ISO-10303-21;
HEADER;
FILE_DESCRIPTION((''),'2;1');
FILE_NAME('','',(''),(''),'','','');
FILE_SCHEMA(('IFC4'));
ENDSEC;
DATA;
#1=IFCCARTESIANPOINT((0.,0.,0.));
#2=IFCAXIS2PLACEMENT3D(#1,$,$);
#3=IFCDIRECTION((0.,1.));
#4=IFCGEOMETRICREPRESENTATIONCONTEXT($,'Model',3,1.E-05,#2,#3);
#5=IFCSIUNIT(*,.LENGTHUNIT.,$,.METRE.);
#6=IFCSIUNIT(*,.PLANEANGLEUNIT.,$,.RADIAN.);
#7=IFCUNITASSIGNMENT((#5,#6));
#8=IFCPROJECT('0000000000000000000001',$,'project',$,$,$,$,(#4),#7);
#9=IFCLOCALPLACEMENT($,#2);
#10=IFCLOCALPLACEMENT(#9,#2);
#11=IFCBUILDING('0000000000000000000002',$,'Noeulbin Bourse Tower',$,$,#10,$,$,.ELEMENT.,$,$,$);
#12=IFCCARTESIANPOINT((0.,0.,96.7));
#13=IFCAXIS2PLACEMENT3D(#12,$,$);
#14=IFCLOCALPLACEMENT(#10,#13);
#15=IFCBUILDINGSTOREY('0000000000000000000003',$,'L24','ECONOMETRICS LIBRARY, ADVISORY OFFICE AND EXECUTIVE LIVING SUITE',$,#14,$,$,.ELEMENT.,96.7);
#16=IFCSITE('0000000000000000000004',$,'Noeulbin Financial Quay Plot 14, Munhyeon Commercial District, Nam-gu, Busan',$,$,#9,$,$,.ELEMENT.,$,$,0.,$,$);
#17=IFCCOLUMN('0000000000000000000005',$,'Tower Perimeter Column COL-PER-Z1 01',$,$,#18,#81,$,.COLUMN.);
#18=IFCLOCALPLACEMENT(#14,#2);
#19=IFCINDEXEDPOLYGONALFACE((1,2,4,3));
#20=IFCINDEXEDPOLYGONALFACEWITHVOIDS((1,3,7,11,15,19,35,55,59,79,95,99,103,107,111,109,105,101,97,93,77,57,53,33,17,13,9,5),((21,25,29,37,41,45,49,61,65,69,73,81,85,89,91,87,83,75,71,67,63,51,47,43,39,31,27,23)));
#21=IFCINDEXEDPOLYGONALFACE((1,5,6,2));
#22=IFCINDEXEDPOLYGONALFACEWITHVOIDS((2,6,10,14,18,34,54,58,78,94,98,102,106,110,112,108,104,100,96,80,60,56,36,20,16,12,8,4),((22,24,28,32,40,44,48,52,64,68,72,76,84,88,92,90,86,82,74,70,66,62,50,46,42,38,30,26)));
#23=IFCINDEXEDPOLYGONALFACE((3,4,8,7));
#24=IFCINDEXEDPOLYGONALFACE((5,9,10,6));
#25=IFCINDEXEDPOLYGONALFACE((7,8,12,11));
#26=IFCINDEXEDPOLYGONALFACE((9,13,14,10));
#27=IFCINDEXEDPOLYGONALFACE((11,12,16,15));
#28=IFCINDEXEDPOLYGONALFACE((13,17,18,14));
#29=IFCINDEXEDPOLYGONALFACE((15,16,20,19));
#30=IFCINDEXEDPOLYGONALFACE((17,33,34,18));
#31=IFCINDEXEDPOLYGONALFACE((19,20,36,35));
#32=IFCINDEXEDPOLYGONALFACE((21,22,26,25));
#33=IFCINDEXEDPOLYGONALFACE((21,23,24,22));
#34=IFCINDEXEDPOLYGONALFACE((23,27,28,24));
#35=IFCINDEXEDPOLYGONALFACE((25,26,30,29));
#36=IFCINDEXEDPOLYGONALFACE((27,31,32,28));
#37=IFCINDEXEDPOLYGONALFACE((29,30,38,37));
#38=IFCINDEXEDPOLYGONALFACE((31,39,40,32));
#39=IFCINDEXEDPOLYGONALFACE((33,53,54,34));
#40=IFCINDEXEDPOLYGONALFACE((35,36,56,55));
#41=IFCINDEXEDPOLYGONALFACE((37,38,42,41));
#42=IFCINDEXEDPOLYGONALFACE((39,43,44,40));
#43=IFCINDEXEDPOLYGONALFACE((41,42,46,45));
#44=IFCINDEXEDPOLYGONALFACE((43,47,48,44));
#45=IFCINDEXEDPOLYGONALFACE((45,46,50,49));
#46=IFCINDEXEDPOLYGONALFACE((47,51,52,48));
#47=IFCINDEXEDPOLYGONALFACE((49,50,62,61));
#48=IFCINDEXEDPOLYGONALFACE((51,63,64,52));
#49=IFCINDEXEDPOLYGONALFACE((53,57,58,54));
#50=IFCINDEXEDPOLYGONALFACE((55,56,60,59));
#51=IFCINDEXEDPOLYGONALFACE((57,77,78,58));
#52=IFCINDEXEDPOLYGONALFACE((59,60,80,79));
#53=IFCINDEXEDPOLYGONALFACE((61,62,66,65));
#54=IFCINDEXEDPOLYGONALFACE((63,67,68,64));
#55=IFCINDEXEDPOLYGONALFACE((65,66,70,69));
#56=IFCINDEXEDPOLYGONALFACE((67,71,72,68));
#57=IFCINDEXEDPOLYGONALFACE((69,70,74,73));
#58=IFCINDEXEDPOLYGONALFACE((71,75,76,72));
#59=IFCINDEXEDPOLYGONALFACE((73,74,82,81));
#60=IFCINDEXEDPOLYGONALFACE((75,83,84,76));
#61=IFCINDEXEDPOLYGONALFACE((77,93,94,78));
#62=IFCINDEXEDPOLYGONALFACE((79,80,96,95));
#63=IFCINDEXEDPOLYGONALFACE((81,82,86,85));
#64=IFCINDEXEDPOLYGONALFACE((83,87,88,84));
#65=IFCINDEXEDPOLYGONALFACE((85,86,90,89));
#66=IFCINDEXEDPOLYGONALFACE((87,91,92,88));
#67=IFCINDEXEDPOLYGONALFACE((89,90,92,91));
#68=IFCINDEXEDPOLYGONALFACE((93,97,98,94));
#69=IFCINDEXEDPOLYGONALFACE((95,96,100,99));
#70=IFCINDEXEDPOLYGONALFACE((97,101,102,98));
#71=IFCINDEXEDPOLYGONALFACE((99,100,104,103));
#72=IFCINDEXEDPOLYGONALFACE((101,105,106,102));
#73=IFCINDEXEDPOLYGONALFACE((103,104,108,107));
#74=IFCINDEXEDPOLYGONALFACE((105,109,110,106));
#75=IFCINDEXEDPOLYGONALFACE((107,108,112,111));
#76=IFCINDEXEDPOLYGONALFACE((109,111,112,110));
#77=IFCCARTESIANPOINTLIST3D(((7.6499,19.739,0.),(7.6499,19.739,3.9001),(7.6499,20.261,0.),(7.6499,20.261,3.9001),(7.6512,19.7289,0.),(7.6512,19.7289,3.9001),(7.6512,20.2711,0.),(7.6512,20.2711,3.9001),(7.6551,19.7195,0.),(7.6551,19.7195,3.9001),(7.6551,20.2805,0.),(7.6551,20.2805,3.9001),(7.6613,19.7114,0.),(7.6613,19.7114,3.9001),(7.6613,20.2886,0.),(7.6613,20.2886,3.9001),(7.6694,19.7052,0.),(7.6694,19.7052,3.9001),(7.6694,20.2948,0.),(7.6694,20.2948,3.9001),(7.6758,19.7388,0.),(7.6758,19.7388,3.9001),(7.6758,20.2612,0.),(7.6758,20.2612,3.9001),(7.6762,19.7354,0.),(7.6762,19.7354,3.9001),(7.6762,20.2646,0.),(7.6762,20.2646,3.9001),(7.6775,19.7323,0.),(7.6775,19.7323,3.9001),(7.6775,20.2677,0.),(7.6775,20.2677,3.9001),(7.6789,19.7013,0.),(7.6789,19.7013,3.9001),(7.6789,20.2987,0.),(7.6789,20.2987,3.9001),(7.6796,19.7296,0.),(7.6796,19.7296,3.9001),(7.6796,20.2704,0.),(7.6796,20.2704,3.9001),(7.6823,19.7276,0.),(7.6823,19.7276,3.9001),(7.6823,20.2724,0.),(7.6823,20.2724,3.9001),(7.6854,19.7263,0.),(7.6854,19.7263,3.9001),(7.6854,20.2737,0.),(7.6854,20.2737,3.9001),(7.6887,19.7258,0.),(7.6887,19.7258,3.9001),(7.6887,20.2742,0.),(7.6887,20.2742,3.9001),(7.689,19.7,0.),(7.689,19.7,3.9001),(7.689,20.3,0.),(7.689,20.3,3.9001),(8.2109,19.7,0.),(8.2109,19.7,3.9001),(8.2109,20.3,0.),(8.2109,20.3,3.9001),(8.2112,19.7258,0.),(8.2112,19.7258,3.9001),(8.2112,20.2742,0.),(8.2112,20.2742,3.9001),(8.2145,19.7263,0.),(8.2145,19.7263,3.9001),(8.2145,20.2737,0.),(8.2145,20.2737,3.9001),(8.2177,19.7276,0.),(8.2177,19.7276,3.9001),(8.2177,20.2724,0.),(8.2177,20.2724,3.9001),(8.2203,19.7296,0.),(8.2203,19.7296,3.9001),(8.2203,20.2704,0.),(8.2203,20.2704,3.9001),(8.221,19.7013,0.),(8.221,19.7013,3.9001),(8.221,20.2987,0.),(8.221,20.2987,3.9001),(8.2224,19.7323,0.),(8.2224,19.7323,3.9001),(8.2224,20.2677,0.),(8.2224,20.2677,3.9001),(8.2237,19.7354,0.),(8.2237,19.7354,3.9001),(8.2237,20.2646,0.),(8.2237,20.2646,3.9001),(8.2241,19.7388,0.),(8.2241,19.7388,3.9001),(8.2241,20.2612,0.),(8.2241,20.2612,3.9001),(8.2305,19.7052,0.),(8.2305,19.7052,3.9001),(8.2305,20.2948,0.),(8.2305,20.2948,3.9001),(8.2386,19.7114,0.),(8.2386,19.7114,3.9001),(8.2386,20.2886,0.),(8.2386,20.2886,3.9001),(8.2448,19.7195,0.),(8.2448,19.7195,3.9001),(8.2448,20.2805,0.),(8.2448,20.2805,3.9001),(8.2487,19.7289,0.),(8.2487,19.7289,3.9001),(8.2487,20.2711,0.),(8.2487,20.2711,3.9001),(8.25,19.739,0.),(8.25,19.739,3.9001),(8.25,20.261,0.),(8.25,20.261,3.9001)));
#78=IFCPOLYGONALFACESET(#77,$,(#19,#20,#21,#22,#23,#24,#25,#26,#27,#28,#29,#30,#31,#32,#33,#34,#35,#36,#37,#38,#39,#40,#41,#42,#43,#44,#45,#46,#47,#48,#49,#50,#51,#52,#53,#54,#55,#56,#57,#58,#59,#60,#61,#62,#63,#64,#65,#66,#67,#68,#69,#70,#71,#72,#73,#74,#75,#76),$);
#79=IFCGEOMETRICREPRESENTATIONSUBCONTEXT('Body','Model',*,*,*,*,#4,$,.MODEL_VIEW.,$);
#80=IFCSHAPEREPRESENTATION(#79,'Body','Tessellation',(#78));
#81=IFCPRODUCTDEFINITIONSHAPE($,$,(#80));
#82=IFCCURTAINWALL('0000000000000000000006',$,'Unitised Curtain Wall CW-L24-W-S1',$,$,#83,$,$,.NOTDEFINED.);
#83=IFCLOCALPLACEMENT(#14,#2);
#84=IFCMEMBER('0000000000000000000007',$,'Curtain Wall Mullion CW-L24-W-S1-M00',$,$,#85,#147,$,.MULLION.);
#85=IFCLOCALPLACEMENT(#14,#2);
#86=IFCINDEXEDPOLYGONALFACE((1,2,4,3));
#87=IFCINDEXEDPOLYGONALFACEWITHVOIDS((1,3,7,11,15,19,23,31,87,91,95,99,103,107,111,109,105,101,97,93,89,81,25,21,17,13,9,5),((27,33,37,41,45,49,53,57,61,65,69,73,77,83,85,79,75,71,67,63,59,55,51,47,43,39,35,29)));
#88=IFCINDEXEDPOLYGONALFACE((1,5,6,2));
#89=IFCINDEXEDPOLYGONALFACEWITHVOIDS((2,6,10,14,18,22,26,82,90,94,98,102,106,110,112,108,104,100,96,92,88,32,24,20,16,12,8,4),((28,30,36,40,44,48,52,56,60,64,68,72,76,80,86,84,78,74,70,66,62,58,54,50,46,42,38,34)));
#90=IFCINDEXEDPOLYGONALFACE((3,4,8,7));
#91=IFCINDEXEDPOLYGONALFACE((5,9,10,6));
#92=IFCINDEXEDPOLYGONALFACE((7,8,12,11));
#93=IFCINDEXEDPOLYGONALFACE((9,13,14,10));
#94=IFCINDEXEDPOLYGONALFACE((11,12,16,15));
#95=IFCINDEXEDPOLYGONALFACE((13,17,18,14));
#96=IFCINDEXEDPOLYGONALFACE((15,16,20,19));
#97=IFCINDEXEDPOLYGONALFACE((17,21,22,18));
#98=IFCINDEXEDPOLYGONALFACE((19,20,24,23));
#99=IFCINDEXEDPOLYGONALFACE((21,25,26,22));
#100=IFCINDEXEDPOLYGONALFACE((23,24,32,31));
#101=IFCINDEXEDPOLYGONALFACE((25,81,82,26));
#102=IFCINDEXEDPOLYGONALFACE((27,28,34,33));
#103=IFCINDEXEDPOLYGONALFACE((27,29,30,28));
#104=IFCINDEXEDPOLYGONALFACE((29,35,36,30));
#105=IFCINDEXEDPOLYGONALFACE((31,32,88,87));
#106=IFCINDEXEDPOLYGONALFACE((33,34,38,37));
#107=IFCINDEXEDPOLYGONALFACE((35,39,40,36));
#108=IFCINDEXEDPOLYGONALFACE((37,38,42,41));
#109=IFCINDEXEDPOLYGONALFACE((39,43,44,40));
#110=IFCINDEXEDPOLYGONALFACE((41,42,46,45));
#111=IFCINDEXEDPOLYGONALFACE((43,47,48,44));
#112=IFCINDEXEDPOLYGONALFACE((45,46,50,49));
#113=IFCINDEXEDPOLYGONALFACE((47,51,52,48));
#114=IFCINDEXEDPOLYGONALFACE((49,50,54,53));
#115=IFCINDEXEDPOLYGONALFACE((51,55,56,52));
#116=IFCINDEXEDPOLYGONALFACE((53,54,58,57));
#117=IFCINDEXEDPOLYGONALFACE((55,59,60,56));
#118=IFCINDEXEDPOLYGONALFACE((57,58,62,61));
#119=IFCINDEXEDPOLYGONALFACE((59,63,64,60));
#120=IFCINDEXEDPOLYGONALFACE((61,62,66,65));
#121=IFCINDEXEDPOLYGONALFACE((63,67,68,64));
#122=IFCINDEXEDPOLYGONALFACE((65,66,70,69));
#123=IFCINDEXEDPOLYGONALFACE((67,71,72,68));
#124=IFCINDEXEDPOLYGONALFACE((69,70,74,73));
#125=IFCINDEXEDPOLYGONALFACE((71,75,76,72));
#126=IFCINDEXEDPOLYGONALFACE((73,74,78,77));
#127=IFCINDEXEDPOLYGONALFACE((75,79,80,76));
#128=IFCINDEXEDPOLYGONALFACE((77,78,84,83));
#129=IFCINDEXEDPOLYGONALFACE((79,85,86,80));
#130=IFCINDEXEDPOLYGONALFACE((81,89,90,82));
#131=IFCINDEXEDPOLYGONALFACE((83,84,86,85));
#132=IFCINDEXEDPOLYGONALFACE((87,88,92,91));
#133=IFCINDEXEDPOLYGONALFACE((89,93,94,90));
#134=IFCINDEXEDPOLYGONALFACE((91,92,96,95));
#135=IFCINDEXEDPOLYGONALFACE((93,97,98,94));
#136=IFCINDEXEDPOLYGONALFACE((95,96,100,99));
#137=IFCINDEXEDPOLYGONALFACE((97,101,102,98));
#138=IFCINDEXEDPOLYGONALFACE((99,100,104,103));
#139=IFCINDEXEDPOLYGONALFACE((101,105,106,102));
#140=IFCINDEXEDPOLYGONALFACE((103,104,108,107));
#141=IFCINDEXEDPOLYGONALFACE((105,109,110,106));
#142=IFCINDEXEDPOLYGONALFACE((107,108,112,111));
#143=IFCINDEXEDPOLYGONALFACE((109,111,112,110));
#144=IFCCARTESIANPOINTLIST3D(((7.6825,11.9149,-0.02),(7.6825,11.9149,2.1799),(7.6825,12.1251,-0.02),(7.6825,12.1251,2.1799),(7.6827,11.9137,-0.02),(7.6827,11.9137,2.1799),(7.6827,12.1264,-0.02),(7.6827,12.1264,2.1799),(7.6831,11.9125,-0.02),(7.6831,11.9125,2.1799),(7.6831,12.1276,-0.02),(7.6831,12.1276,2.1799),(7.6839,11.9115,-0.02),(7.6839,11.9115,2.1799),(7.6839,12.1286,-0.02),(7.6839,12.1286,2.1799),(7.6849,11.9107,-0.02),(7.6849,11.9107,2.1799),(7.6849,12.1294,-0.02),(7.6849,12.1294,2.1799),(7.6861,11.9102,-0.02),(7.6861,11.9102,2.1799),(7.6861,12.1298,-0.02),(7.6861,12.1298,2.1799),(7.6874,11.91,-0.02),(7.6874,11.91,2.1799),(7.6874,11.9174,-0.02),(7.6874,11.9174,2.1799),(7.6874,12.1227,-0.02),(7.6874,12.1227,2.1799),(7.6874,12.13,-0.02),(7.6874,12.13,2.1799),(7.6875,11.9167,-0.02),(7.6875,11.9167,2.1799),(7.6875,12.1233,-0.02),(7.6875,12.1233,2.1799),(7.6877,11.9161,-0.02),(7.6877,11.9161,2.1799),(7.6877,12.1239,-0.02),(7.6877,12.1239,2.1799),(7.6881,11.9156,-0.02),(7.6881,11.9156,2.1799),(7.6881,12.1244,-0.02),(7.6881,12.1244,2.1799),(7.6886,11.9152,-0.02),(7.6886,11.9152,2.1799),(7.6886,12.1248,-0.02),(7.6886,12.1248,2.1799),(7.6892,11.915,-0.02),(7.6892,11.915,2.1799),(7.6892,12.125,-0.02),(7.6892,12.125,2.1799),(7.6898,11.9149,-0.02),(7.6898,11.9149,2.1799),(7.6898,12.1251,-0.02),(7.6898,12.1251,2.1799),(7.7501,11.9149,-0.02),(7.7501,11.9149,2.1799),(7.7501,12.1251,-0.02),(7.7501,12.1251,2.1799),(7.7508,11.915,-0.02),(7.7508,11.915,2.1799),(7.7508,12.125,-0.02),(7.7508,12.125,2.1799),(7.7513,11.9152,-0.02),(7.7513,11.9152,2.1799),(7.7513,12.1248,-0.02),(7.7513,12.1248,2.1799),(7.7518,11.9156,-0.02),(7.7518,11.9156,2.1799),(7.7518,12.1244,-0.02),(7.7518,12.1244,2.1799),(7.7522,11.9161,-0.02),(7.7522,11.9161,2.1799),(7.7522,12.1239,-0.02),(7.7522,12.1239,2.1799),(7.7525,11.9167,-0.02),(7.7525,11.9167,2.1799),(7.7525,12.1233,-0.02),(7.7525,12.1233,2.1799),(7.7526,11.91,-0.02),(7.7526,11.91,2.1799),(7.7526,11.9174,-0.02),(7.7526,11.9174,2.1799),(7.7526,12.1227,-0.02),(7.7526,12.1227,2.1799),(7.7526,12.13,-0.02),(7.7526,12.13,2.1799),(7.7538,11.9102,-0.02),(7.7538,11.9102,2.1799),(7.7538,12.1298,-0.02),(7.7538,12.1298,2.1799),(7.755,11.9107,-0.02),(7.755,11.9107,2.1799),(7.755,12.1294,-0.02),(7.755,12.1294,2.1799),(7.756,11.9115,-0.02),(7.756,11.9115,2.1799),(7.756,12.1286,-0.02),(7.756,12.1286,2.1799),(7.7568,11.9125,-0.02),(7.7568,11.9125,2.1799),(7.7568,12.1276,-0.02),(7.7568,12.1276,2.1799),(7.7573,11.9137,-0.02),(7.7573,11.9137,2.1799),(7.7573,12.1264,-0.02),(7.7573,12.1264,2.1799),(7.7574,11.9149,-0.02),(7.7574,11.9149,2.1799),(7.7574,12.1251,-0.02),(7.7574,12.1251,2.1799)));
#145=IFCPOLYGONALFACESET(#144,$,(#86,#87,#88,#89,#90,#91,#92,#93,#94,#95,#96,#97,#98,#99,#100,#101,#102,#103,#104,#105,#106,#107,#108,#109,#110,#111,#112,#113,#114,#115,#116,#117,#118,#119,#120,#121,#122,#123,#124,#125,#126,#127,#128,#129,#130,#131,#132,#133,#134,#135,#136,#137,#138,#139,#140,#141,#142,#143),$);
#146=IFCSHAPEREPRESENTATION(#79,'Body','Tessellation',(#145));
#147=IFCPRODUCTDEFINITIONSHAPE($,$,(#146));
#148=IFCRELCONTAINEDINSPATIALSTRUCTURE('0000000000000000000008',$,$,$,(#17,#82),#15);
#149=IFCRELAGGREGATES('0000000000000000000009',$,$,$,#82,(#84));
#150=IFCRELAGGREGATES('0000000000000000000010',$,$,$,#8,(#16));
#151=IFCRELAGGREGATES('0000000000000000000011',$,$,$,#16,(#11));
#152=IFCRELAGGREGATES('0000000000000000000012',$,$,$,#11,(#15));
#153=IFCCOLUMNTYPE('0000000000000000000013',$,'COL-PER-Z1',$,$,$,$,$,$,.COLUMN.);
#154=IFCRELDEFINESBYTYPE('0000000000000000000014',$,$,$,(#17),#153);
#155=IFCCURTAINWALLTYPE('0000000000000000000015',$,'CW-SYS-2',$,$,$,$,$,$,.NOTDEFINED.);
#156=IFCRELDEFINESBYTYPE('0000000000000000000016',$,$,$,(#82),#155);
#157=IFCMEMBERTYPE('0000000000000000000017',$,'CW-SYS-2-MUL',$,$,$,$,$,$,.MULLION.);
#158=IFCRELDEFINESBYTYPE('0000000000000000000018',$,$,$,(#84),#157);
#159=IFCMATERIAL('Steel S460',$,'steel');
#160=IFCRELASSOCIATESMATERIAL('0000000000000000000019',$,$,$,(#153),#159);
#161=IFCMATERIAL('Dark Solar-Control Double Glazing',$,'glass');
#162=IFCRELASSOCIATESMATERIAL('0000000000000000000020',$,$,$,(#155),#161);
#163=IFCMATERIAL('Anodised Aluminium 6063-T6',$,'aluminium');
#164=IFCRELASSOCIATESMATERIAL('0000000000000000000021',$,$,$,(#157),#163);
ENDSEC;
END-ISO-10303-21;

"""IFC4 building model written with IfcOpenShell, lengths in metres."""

from ifc_helpers import new_model, si_unit, direction, frame, origin, origin_2d, place, context, subcontext, project, spatial, hollow_rectangle, extrude, material, material_profile, profile_set, type_object, element, aggregate, save


model = new_model("IFC4")

# Units and contexts
model_context = context("Model", 3, precision=1e-05, world=origin(), true_north=direction((0.0, 1.0)))
body_context = subcontext(model_context, "Body", "Model", "MODEL_VIEW")
ifc_project = project(units=[si_unit("LENGTHUNIT", "METRE"), si_unit("PLANEANGLEUNIT", "RADIAN")], contexts=[model_context])

# Site, building, storey
site_placement = place(None, origin())
site = spatial("IfcSite", under=ifc_project, at=site_placement, Name="Noeulbin Financial Quay Plot 14, Munhyeon Commercial District, Nam-gu, Busan", CompositionType="ELEMENT", RefElevation=0.0)
building_placement = place(site_placement, origin())
building = spatial("IfcBuilding", under=site, at=building_placement, Name="Noeulbin Bourse Tower", CompositionType="ELEMENT")
storey_placement = place(building_placement, frame((0.0, 0.0, 96.7)))
storey = spatial("IfcBuildingStorey", under=building, at=storey_placement, Name="L24", Description="ECONOMETRICS LIBRARY, ADVISORY OFFICE AND EXECUTIVE LIVING SUITE", CompositionType="ELEMENT", Elevation=96.7)

# Column
ifc_material_1 = material(Name="Steel S460", Category="steel")
ifc_material_profile_1 = material_profile(ifc_material_1, hollow_rectangle(XDim=0.6001, YDim=0.6001, WallThickness=0.0259, InnerFilletRadius=0.0129, OuterFilletRadius=0.0391, at=origin_2d()), Name="BOX-600x600x26", Category="LoadBearing")
ifc_profile_set_1 = profile_set([ifc_material_profile_1], Name="Steel S460")
column_type = type_object("IfcColumnType", Name="COL-PER-Z1", PredefinedType="COLUMN", material=ifc_profile_set_1)
column_placement = place(storey_placement, frame((7.95, 20.0, 0.0), z_axis=(0.0, 0.0, 1.0), x_axis=(1.0, 0.0, 0.0)))
element("IfcColumn", 1, at=column_placement, inside=storey, type_object=column_type, Name="Tower Perimeter Column COL-PER-Z1 01", PredefinedType="COLUMN", context=body_context, shape_type="SweptSolid", body=[
    extrude(hollow_rectangle(XDim=0.6001, YDim=0.6001, WallThickness=0.0259, InnerFilletRadius=0.0129, OuterFilletRadius=0.0391, at=origin_2d()), origin(), (0.0, 0.0, 1.0), 3.9001),
])

# Curtain wall, member
ifc_material_2 = material(Name="Dark Solar-Control Double Glazing", Category="glass")
curtain_wall_type = type_object("IfcCurtainWallType", Name="CW-SYS-2", PredefinedType="NOTDEFINED", material=ifc_material_2)
curtain_wall_placement = place(storey_placement, origin())
curtain_wall = element("IfcCurtainWall", 2, at=curtain_wall_placement, inside=storey, type_object=curtain_wall_type, Name="Unitised Curtain Wall CW-L24-W-S1", PredefinedType="NOTDEFINED")
ifc_material_3 = material(Name="Anodised Aluminium 6063-T6", Category="aluminium")
ifc_material_profile_2 = material_profile(ifc_material_3, hollow_rectangle(XDim=0.075, YDim=0.22, WallThickness=0.0049, InnerFilletRadius=0.0024, OuterFilletRadius=0.0049, at=origin_2d()), Name="ALU-MULL-75x220x5", Category="LoadBearing")
ifc_profile_set_2 = profile_set([ifc_material_profile_2], Name="Anodised Aluminium 6063-T6")
member_type_1 = type_object("IfcMemberType", Name="CW-SYS-2-MUL", PredefinedType="MULLION", material=ifc_profile_set_2)
member_1_placement = place(storey_placement, frame((7.72, 12.02, -0.02), z_axis=(0.0, 0.0, 1.0), x_axis=(1.0, 0.0, 0.0)))
member_1 = element("IfcMember", 3, at=member_1_placement, type_object=member_type_1, Name="Curtain Wall Mullion CW-L24-W-S1-M00", PredefinedType="MULLION", context=body_context, shape_type="SweptSolid", body=[
    extrude(hollow_rectangle(XDim=0.075, YDim=0.22, WallThickness=0.0049, InnerFilletRadius=0.0024, OuterFilletRadius=0.0049, at=origin_2d()), origin(), (0.0, 0.0, 1.0), 2.2),
])
aggregate(curtain_wall, [member_1])

save(model, "model.ifc")
